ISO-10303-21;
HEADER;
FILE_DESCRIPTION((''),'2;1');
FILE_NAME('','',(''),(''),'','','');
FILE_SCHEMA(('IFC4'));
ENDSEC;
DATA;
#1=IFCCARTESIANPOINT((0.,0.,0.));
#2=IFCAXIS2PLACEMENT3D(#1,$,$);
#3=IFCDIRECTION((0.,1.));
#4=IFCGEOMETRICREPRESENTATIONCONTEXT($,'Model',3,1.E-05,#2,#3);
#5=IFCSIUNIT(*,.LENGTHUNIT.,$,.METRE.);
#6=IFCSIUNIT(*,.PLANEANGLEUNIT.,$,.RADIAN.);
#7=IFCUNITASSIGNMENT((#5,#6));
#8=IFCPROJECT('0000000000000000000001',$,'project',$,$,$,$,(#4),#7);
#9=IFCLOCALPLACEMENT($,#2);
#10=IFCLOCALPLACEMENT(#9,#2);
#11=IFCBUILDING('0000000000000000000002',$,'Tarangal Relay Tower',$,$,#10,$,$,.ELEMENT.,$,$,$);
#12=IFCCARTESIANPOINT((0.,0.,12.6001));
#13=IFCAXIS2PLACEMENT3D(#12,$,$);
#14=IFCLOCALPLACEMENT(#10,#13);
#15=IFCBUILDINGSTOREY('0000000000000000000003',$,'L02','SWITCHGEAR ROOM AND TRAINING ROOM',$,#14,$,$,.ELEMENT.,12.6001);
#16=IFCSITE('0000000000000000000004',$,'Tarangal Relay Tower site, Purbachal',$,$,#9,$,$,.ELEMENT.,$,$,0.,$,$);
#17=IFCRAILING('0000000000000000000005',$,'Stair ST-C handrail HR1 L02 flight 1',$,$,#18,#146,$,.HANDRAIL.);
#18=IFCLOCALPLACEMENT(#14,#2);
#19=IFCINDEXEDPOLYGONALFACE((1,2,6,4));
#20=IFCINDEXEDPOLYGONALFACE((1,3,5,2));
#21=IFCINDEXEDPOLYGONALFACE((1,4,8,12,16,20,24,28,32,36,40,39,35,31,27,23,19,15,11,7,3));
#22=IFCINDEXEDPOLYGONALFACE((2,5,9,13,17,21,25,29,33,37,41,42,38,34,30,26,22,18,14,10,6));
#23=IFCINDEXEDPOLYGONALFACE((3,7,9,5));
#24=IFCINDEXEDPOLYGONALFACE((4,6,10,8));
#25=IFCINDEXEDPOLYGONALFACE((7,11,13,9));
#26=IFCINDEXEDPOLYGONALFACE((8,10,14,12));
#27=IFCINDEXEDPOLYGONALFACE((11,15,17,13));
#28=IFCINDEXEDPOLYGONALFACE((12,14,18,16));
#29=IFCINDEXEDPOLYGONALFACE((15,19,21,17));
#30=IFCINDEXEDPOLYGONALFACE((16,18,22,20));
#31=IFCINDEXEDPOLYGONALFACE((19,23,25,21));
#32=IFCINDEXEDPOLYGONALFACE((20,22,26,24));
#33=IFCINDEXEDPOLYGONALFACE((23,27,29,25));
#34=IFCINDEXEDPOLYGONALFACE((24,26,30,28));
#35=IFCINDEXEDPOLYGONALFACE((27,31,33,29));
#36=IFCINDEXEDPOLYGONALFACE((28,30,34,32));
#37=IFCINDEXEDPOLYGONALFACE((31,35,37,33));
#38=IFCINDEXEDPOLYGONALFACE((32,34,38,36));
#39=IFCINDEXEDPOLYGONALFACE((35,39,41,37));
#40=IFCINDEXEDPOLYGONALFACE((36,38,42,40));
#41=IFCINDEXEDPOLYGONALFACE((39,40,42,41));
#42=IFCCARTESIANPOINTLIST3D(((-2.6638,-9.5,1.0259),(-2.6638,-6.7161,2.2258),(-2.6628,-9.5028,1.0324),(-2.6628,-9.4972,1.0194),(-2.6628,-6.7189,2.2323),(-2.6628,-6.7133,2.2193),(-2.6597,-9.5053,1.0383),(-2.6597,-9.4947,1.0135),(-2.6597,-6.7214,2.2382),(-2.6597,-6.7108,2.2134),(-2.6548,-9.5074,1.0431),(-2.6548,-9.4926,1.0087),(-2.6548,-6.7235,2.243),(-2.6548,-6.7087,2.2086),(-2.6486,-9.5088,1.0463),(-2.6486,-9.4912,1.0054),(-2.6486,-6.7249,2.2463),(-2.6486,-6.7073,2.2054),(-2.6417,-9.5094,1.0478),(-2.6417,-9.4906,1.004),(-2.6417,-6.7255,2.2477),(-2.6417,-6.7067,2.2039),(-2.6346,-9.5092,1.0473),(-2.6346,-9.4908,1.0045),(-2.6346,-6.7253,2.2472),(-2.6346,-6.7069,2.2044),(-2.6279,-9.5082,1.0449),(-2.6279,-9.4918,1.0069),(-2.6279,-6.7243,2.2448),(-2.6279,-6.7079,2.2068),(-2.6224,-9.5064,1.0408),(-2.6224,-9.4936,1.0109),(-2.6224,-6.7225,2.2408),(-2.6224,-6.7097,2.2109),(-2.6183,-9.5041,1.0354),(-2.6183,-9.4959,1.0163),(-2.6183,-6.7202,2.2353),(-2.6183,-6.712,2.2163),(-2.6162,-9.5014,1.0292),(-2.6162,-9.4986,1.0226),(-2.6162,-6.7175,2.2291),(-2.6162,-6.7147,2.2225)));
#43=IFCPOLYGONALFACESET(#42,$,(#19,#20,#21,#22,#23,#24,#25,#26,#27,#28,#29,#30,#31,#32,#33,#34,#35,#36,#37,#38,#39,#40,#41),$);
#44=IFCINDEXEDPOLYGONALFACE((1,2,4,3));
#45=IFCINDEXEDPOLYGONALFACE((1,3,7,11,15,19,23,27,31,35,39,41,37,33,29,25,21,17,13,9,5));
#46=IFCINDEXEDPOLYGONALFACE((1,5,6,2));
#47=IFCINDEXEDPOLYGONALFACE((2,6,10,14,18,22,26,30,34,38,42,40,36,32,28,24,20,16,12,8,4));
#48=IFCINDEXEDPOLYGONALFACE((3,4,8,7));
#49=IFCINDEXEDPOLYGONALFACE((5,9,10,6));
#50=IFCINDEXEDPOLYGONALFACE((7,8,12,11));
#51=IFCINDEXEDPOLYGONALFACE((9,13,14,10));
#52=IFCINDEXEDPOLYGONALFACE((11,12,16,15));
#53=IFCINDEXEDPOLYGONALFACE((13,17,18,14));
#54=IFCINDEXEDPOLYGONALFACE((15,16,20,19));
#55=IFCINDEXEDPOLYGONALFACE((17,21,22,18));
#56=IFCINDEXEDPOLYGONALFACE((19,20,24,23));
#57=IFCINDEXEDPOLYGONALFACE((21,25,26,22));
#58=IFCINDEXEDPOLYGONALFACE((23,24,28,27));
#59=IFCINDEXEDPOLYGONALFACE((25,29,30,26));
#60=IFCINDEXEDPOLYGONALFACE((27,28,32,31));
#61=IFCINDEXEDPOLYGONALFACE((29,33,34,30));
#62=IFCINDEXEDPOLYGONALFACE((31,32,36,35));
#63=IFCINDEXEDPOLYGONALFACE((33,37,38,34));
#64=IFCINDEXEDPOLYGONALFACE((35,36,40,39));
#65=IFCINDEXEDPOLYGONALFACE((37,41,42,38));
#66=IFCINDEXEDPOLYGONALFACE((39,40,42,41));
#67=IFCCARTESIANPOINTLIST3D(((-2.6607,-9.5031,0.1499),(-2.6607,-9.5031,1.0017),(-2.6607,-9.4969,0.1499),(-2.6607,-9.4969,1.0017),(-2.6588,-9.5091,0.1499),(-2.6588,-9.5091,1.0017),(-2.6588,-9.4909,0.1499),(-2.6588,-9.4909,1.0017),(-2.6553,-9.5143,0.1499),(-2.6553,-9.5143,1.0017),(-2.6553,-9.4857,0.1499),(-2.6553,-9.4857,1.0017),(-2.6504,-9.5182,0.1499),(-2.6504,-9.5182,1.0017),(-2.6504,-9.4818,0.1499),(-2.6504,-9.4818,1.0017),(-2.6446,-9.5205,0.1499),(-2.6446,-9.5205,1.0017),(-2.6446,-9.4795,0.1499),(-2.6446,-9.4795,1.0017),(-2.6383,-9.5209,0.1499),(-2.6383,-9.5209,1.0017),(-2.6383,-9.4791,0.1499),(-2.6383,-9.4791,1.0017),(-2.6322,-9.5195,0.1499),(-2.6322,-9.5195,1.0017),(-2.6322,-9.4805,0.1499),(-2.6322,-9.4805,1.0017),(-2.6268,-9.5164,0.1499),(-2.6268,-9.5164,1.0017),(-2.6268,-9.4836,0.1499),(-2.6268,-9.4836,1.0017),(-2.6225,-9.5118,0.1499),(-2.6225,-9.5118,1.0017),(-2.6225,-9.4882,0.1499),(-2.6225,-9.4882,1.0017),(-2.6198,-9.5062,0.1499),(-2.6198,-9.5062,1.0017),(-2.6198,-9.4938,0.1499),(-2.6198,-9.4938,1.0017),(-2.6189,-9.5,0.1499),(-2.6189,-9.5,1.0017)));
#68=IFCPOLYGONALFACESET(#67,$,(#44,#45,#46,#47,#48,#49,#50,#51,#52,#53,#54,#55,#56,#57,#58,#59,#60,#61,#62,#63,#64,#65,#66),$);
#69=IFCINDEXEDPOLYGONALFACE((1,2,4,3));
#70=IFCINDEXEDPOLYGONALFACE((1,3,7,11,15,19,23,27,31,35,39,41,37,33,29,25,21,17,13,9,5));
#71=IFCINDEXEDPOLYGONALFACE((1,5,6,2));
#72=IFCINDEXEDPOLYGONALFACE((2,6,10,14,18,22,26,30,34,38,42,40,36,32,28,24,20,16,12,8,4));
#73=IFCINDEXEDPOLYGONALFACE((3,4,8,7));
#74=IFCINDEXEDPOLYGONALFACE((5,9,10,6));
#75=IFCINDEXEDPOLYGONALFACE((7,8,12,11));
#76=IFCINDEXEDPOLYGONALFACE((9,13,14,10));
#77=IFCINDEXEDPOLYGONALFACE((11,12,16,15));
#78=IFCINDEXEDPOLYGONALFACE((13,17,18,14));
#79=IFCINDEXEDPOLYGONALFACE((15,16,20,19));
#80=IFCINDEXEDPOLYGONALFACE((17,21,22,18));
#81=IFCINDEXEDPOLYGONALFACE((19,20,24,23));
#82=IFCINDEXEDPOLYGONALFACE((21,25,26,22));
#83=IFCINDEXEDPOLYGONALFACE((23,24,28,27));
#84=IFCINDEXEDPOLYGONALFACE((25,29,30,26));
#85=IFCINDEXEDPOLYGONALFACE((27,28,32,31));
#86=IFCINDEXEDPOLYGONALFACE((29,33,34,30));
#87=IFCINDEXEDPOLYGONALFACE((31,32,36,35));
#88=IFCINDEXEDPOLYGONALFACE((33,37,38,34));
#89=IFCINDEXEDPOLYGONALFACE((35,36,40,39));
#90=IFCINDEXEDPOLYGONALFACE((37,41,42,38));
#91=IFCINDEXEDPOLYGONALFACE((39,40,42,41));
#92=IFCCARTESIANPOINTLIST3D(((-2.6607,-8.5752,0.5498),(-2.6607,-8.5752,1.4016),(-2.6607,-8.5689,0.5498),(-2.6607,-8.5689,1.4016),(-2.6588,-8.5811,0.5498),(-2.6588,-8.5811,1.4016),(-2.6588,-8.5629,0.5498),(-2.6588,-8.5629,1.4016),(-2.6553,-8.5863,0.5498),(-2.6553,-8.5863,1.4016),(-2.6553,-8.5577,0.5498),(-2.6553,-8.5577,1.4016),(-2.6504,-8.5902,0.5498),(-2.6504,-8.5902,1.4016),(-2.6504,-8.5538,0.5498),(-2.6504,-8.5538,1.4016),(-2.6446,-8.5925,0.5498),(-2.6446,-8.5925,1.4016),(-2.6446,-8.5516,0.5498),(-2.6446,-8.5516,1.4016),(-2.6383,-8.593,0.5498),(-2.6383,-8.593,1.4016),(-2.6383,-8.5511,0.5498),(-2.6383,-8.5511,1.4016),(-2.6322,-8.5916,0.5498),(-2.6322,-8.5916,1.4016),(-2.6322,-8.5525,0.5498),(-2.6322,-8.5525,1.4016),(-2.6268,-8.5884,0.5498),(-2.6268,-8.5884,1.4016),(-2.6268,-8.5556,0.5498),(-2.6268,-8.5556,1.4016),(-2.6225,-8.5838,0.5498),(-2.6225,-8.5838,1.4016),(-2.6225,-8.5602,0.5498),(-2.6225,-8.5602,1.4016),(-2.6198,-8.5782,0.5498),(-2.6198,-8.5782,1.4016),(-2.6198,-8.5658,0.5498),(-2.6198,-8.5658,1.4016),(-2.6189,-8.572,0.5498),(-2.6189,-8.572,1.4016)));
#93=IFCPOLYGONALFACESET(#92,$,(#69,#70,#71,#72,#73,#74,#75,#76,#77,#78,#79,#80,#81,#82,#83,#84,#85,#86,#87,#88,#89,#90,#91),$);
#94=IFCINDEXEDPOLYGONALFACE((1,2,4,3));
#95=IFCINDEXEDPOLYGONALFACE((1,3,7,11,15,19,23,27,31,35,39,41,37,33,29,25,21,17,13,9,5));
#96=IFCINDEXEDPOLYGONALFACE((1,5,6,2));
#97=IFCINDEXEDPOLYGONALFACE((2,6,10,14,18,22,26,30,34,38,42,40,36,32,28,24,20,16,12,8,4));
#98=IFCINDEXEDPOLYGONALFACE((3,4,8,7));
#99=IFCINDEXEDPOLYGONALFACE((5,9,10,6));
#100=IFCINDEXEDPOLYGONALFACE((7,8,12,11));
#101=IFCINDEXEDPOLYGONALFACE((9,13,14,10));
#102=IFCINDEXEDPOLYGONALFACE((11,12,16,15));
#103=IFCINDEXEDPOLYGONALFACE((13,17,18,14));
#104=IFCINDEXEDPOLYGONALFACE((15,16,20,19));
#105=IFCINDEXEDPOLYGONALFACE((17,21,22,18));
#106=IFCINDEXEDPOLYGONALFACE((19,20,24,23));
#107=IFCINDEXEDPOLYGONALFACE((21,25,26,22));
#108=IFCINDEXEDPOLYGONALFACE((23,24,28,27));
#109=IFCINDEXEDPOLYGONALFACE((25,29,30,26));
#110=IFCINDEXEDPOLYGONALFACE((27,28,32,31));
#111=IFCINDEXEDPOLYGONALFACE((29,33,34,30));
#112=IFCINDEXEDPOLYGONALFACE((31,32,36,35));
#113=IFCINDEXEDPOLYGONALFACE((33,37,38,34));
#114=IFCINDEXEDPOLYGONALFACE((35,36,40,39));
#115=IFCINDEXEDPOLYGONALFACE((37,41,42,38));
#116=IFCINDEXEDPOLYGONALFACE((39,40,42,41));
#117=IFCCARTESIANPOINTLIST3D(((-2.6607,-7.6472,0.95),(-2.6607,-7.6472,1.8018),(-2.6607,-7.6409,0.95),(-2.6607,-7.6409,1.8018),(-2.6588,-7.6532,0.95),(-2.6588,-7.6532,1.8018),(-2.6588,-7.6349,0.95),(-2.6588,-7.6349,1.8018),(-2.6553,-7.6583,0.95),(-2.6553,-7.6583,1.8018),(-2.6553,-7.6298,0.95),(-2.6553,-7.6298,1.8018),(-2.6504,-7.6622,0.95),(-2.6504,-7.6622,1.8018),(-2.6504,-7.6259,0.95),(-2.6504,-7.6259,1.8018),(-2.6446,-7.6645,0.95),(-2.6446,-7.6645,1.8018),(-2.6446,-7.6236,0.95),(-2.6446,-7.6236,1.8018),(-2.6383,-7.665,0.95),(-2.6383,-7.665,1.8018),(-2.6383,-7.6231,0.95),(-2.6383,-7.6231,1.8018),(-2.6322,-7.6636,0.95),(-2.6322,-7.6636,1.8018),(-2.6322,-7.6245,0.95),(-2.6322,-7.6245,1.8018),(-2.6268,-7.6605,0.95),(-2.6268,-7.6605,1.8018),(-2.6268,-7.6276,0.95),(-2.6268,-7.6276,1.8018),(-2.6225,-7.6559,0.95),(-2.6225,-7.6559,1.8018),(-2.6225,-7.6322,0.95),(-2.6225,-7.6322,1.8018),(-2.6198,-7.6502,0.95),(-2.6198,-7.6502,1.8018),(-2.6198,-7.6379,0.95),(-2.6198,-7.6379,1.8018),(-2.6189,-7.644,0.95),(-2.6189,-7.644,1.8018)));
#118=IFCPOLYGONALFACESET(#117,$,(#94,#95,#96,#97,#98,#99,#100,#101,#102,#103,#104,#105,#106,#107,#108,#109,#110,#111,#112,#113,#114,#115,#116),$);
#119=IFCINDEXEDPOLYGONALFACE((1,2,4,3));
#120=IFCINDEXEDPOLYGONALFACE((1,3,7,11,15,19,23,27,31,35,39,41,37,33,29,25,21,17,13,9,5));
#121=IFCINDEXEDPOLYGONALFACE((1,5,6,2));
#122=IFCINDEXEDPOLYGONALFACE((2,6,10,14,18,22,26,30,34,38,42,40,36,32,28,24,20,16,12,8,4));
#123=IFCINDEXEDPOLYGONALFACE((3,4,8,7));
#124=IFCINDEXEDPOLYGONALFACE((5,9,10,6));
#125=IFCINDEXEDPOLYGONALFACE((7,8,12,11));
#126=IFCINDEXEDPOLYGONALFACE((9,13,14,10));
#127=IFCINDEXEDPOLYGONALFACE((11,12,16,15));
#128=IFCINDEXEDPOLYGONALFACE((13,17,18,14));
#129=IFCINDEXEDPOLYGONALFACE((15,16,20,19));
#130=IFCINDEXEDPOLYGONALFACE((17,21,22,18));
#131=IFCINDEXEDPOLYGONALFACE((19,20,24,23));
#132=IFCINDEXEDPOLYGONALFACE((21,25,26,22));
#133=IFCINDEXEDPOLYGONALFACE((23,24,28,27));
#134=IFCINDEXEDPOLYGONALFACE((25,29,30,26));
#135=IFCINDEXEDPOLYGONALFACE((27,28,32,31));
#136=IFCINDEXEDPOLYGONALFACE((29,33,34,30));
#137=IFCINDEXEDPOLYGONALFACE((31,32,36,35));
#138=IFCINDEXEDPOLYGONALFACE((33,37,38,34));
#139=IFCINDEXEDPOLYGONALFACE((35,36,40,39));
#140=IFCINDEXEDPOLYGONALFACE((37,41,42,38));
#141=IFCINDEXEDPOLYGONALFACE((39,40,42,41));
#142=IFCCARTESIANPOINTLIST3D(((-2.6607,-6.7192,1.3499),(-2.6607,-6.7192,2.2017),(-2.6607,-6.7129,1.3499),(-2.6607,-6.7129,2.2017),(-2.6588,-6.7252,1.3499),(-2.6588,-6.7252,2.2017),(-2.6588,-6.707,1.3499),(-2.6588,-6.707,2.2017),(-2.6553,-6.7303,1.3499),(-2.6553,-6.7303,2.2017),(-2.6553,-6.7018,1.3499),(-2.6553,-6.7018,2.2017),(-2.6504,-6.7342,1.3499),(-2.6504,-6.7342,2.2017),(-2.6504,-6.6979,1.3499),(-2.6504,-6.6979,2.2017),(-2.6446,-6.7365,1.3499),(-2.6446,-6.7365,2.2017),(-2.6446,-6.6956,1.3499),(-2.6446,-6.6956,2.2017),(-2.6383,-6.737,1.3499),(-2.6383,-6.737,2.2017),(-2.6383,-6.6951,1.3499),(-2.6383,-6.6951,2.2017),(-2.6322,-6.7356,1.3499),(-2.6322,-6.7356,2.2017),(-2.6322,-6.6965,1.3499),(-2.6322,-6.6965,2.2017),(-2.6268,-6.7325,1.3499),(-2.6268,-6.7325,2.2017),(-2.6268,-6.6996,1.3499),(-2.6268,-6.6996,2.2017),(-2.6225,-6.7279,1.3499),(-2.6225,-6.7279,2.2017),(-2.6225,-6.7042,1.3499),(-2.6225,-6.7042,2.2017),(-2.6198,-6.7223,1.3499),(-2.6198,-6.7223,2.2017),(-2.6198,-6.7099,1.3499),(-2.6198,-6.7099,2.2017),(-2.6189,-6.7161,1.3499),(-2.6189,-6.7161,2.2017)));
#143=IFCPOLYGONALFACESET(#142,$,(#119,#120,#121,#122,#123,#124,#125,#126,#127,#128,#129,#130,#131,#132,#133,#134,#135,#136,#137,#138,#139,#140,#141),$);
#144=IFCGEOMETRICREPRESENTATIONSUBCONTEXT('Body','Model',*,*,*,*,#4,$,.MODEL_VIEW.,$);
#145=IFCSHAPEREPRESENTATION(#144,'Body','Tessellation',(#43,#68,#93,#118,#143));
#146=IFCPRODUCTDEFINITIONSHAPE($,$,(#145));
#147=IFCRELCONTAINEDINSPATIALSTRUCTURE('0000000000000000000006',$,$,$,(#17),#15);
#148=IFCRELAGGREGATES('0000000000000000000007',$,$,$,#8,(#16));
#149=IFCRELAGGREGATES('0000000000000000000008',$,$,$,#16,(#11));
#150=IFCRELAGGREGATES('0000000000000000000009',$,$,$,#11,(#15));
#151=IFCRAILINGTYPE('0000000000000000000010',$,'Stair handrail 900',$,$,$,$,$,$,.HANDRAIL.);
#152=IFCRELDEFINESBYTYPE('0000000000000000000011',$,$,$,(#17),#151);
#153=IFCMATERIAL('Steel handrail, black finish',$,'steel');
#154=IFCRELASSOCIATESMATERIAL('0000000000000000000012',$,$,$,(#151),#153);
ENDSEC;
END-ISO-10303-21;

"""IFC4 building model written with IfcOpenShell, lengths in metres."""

from ifc_helpers import new_model, si_unit, direction, frame, origin, origin_2d, place, context, subcontext, project, spatial, circle, extrude, material, type_object, element, save


model = new_model("IFC4")

# Units and contexts
model_context = context("Model", 3, precision=1e-05, world=origin(), true_north=direction((0.0, 1.0)))
body_context = subcontext(model_context, "Body", "Model", "MODEL_VIEW")
ifc_project = project(units=[si_unit("LENGTHUNIT", "METRE"), si_unit("PLANEANGLEUNIT", "RADIAN")], contexts=[model_context])

# Site, building, storey
site_placement = place(None, origin())
site = spatial("IfcSite", under=ifc_project, at=site_placement, Name="Tarangal Relay Tower site, Purbachal", CompositionType="ELEMENT", RefElevation=0.0)
building_placement = place(site_placement, origin())
building = spatial("IfcBuilding", under=site, at=building_placement, Name="Tarangal Relay Tower", CompositionType="ELEMENT")
storey_placement = place(building_placement, frame((0.0, 0.0, 12.6001)))
storey = spatial("IfcBuildingStorey", under=building, at=storey_placement, Name="L02", Description="SWITCHGEAR ROOM AND TRAINING ROOM", CompositionType="ELEMENT", Elevation=12.6001)

# Railing
ifc_material_1 = material(Name="Steel handrail, black finish", Category="steel")
railing_type_1 = type_object("IfcRailingType", Name="Stair handrail 900", PredefinedType="HANDRAIL", material=ifc_material_1)
for number, where, name in (
    (1, (-2.6399, -9.5, 0.1499), "Stair ST-C handrail HR1 L02 flight 1"),
):
    element("IfcRailing", number, at=place(storey_placement, frame(where)), inside=storey, type_object=railing_type_1, Name=name, PredefinedType="HANDRAIL", context=body_context, shape_type="SweptSolid", body=[
        extrude(circle(Radius=0.0239, at=origin_2d()), frame((0.0, 0.0, 0.876), z_axis=(0.0, 0.918327, 0.395823), x_axis=(-1.0, 0.0, 0.0)), (0.0, 0.0, 1.0), 3.0315),
        extrude(circle(Radius=0.021, at=origin_2d()), origin(), (0.0, 0.0, 1.0), 0.8518),
        extrude(circle(Radius=0.021, at=origin_2d()), frame((0.0, 0.928, 0.3999)), (0.0, 0.0, 1.0), 0.8518),
        extrude(circle(Radius=0.021, at=origin_2d()), frame((0.0, 1.856, 0.8)), (0.0, 0.0, 1.0), 0.8518),
        extrude(circle(Radius=0.021, at=origin_2d()), frame((0.0, 2.7839, 1.2)), (0.0, 0.0, 1.0), 0.8518),
    ])

save(model, "model.ifc")
